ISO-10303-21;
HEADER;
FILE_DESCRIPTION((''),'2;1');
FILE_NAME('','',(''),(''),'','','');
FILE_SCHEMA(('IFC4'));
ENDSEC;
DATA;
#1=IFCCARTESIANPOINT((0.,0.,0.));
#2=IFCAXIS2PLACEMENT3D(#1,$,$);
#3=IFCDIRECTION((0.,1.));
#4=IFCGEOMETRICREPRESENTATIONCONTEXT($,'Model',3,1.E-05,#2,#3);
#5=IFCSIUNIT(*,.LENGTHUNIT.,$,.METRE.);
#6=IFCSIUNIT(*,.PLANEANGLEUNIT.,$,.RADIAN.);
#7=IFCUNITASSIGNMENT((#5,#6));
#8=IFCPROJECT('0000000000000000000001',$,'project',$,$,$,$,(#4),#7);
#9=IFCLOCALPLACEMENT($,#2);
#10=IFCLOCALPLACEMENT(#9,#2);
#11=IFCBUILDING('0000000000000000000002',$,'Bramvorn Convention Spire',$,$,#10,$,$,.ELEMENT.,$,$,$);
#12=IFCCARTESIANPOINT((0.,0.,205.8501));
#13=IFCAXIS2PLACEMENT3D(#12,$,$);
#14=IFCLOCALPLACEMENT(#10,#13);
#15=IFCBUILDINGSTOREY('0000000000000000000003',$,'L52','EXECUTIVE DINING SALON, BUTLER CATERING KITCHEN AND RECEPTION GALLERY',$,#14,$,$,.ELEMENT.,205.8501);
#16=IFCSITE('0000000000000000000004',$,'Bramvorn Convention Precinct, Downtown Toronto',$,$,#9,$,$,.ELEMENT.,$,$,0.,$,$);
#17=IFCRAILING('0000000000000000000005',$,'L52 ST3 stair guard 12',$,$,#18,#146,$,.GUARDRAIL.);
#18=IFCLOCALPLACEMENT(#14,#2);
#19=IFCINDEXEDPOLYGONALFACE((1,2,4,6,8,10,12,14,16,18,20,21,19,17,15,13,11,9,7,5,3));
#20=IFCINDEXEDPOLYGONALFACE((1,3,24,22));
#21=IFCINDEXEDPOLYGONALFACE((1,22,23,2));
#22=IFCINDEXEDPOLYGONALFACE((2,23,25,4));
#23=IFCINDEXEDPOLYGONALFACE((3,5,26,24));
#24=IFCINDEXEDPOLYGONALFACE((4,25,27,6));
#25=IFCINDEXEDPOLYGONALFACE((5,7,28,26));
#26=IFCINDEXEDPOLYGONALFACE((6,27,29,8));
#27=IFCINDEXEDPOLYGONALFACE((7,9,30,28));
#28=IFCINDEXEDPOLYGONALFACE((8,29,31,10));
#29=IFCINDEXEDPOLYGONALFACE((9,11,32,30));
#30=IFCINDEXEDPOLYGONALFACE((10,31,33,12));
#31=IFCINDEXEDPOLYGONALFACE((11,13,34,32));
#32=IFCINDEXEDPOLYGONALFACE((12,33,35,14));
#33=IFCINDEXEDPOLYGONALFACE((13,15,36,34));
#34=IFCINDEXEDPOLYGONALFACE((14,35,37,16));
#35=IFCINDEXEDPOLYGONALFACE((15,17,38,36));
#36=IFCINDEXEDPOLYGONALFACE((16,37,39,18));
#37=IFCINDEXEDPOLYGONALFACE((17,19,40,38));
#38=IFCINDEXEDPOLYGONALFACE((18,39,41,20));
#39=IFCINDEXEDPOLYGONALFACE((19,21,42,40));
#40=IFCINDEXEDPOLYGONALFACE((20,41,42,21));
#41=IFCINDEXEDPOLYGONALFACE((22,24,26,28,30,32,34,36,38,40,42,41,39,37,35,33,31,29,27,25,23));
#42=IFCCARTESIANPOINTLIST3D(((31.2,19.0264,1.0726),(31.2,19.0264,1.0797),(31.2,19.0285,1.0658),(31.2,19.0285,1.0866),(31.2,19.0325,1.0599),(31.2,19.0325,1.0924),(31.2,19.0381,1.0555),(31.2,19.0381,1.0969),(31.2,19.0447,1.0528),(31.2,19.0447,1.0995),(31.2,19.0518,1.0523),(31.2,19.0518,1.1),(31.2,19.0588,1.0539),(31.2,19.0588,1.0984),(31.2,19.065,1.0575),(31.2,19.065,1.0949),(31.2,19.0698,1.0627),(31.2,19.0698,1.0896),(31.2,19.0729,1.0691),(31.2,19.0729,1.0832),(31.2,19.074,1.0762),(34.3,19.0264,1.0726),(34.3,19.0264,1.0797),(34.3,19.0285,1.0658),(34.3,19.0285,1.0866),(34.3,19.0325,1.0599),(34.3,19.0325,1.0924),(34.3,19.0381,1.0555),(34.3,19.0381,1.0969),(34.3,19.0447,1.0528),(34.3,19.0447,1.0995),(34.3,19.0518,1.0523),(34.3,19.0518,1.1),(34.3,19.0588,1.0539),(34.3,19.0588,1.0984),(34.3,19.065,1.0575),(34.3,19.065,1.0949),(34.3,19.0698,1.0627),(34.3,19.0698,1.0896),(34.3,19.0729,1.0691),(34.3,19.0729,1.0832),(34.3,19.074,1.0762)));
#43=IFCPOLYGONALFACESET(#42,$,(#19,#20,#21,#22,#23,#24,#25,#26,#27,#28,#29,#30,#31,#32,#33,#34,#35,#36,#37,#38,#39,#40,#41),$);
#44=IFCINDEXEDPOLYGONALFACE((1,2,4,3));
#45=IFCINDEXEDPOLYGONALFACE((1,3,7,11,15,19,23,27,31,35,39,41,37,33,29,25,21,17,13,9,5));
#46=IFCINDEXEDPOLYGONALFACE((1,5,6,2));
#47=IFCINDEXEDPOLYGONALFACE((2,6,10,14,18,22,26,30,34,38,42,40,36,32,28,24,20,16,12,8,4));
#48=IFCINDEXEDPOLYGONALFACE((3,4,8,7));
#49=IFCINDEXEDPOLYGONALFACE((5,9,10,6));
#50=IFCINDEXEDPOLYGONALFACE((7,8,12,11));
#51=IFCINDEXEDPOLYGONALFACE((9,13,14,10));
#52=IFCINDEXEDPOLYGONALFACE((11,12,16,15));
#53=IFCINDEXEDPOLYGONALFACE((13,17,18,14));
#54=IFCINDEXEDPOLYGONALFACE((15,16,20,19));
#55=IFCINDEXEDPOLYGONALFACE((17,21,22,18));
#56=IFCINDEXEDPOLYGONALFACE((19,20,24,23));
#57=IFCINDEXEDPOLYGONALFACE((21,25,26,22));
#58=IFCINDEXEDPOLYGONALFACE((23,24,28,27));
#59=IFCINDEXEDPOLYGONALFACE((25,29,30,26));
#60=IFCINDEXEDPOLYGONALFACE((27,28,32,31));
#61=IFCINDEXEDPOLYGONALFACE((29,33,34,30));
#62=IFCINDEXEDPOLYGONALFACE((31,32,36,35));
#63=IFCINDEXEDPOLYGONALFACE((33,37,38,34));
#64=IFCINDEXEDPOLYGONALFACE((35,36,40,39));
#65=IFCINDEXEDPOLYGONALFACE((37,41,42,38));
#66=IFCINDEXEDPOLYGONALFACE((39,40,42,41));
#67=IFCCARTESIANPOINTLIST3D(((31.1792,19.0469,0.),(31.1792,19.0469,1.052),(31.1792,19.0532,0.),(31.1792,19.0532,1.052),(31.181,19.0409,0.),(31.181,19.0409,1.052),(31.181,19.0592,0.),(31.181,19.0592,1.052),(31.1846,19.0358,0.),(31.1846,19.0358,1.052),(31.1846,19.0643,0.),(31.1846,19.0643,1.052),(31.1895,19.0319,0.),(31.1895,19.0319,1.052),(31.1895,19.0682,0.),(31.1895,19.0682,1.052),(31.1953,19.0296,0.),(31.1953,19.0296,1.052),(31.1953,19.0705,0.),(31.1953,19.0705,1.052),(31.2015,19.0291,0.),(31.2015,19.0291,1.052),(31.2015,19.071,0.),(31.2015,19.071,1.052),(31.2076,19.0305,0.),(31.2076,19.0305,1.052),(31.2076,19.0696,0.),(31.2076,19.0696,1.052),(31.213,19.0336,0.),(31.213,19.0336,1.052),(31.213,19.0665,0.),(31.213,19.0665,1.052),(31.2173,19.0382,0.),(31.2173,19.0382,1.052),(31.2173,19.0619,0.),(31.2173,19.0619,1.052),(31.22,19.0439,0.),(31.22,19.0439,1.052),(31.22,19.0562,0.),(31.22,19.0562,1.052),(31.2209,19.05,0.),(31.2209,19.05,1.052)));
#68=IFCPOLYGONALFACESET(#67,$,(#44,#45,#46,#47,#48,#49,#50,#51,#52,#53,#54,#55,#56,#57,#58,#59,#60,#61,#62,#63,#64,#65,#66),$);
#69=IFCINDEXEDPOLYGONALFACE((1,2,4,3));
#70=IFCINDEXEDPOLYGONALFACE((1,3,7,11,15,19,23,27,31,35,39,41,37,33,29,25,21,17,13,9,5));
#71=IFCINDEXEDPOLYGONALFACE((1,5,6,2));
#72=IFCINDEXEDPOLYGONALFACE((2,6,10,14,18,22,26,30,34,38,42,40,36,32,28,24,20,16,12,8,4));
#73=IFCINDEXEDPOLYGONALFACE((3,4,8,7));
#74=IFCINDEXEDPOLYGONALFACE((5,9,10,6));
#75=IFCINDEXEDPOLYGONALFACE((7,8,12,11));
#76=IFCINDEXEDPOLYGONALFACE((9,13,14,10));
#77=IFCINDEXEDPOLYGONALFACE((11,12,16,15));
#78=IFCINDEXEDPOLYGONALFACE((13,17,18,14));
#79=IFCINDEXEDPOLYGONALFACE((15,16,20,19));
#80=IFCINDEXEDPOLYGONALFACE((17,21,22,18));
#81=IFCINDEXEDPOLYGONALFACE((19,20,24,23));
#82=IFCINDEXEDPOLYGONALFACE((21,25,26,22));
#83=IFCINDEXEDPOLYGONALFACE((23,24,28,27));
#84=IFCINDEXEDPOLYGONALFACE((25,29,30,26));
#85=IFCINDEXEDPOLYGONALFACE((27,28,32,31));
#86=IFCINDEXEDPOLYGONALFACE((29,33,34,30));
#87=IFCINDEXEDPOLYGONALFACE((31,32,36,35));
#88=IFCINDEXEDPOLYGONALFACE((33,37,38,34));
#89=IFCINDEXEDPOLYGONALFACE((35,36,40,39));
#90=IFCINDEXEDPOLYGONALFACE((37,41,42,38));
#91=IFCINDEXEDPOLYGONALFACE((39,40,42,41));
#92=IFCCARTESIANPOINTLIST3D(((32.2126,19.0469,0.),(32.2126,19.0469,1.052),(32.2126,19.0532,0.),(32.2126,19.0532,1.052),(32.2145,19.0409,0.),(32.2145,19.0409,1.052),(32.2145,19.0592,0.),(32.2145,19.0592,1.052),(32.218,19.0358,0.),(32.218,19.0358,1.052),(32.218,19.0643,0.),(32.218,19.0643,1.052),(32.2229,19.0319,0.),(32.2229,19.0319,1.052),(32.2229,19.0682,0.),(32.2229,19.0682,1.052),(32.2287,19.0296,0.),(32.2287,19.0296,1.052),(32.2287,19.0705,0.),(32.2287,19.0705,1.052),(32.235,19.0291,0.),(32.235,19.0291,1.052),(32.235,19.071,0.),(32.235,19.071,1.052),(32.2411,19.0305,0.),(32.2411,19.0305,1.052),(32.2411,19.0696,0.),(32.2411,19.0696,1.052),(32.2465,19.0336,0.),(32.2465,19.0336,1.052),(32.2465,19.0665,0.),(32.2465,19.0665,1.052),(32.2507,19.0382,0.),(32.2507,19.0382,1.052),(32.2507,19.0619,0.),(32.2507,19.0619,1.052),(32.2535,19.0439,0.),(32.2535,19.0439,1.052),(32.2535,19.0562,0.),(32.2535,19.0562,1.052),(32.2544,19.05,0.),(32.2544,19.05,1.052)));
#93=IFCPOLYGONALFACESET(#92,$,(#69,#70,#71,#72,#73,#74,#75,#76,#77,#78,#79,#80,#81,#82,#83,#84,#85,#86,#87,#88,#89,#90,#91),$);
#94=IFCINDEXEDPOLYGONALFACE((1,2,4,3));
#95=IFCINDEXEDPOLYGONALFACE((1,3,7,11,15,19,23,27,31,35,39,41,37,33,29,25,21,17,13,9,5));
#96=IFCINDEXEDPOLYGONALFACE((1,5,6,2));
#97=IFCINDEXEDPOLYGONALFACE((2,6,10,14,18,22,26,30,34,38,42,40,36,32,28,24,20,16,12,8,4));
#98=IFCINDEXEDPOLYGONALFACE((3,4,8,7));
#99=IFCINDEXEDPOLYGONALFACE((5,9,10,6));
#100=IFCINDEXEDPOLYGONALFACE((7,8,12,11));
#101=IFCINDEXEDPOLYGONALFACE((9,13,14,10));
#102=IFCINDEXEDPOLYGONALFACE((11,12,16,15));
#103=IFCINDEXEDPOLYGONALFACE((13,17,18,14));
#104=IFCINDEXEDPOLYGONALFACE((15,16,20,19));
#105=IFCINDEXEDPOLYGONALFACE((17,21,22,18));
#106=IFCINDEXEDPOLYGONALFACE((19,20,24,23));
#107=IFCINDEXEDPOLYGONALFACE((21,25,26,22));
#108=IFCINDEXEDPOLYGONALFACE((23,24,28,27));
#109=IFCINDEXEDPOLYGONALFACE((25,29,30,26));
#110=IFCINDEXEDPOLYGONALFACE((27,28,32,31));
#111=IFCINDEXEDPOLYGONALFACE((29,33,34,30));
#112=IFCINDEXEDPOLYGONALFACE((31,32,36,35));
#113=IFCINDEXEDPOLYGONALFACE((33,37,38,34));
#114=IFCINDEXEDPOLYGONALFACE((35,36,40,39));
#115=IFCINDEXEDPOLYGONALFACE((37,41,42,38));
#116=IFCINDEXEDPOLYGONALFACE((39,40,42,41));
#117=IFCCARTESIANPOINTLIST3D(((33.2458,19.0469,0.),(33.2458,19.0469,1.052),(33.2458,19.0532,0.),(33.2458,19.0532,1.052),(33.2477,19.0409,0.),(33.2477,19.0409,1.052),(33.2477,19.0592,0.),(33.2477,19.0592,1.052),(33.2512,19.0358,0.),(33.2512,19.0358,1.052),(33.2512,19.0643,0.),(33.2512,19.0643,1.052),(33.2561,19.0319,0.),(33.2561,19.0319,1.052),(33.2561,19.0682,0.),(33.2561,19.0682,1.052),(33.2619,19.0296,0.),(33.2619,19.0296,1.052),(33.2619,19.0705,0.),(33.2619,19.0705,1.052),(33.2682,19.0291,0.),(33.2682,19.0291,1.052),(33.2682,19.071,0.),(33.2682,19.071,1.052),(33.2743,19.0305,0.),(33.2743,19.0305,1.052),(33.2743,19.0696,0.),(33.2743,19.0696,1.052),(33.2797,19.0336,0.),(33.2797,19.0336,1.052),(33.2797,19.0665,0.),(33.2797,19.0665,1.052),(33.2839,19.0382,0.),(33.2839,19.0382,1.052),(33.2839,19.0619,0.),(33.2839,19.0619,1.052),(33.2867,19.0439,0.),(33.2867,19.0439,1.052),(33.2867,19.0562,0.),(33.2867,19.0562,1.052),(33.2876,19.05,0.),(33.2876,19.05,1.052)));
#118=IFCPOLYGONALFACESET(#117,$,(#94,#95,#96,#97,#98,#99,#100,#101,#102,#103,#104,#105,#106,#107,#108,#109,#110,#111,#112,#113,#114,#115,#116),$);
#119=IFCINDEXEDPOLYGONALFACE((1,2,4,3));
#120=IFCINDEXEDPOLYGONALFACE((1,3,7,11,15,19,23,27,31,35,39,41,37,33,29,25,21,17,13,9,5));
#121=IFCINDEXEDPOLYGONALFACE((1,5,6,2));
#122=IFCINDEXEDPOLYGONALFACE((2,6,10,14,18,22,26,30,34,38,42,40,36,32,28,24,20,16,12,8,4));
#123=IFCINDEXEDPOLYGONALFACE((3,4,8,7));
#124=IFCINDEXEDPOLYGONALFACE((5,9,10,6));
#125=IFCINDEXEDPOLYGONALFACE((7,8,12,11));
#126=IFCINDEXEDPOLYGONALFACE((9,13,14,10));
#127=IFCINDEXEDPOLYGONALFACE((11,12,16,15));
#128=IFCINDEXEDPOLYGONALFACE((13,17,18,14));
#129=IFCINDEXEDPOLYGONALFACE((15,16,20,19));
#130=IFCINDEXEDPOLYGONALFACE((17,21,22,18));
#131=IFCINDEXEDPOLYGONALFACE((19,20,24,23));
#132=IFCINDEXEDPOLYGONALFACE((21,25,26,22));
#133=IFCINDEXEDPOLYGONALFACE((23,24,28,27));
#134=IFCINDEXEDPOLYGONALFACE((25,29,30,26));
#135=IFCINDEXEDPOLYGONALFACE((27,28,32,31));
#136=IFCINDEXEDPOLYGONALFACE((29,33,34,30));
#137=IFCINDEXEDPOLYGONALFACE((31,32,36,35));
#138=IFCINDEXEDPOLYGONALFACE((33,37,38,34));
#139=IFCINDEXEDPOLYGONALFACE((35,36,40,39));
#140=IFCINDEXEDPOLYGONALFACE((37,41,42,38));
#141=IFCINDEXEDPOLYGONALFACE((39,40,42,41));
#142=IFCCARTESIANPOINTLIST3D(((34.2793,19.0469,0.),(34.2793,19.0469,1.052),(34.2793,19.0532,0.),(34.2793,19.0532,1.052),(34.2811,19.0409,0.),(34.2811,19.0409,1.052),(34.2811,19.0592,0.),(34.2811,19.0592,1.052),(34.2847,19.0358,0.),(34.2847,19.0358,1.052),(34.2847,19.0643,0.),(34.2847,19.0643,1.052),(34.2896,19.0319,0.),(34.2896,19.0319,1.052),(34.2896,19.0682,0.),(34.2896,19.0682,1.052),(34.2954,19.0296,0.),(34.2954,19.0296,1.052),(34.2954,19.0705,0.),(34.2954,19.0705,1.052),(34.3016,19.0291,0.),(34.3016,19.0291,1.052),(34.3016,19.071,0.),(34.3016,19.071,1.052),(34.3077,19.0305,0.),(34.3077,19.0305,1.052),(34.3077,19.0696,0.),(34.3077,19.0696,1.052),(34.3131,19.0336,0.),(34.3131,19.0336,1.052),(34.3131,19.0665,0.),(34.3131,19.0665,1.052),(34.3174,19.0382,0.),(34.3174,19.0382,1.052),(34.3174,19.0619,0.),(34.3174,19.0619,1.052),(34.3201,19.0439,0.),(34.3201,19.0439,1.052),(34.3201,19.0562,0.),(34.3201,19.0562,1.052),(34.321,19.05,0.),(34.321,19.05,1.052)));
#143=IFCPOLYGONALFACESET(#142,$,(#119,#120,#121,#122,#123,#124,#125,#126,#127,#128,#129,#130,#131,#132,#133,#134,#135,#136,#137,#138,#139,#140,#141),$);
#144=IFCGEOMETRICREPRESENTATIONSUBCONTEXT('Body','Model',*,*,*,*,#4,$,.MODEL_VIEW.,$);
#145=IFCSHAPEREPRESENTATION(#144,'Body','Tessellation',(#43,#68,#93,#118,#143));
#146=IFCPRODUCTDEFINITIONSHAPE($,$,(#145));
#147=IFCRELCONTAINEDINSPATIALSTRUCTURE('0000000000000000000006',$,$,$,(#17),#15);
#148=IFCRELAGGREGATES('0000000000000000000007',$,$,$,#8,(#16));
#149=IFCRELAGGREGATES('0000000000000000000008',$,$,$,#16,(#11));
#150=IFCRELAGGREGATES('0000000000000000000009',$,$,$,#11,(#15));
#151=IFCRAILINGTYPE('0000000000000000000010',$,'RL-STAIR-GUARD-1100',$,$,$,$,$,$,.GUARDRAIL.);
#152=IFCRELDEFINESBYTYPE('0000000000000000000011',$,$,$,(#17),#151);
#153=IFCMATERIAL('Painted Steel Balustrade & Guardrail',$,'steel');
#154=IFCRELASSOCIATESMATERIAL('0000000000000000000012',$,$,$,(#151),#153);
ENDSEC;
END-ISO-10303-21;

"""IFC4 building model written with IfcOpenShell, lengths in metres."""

from ifc_helpers import new_model, si_unit, direction, frame, origin, origin_2d, place, context, subcontext, project, spatial, circle, extrude, material, type_object, element, save


model = new_model("IFC4")

# Units and contexts
model_context = context("Model", 3, precision=1e-05, world=origin(), true_north=direction((0.0, 1.0)))
body_context = subcontext(model_context, "Body", "Model", "MODEL_VIEW")
ifc_project = project(units=[si_unit("LENGTHUNIT", "METRE"), si_unit("PLANEANGLEUNIT", "RADIAN")], contexts=[model_context])

# Site, building, storey
site_placement = place(None, origin())
site = spatial("IfcSite", under=ifc_project, at=site_placement, Name="Bramvorn Convention Precinct, Downtown Toronto", CompositionType="ELEMENT", RefElevation=0.0)
building_placement = place(site_placement, origin())
building = spatial("IfcBuilding", under=site, at=building_placement, Name="Bramvorn Convention Spire", CompositionType="ELEMENT")
storey_placement = place(building_placement, frame((0.0, 0.0, 205.8501)))
storey = spatial("IfcBuildingStorey", under=building, at=storey_placement, Name="L52", Description="EXECUTIVE DINING SALON, BUTLER CATERING KITCHEN AND RECEPTION GALLERY", CompositionType="ELEMENT", Elevation=205.8501)

# Railing
ifc_material_1 = material(Name="Painted Steel Balustrade & Guardrail", Category="steel")
railing_type_1 = type_object("IfcRailingType", Name="RL-STAIR-GUARD-1100", PredefinedType="GUARDRAIL", material=ifc_material_1)
railing_1_placement = place(storey_placement, frame((31.2, 19.05, 0.0)))
element("IfcRailing", 1, at=railing_1_placement, inside=storey, type_object=railing_type_1, Name="L52 ST3 stair guard 12", PredefinedType="GUARDRAIL", context=body_context, shape_type="SweptSolid", body=[
    extrude(circle(Radius=0.0239, at=origin_2d()), frame((0.0, 0.0, 1.0762), z_axis=(1.0, 0.0, 0.0), x_axis=(0.0, 1.0, 0.0)), (0.0, 0.0, 1.0), 3.1001),
    extrude(circle(Radius=0.021, at=origin_2d()), origin(), (0.0, 0.0, 1.0), 1.052),
    extrude(circle(Radius=0.021, at=origin_2d()), frame((1.0334, 0.0, 0.0)), (0.0, 0.0, 1.0), 1.052),
    extrude(circle(Radius=0.021, at=origin_2d()), frame((2.0667, 0.0, 0.0)), (0.0, 0.0, 1.0), 1.052),
    extrude(circle(Radius=0.021, at=origin_2d()), frame((3.1001, 0.0, 0.0)), (0.0, 0.0, 1.0), 1.052),
])

save(model, "model.ifc")
